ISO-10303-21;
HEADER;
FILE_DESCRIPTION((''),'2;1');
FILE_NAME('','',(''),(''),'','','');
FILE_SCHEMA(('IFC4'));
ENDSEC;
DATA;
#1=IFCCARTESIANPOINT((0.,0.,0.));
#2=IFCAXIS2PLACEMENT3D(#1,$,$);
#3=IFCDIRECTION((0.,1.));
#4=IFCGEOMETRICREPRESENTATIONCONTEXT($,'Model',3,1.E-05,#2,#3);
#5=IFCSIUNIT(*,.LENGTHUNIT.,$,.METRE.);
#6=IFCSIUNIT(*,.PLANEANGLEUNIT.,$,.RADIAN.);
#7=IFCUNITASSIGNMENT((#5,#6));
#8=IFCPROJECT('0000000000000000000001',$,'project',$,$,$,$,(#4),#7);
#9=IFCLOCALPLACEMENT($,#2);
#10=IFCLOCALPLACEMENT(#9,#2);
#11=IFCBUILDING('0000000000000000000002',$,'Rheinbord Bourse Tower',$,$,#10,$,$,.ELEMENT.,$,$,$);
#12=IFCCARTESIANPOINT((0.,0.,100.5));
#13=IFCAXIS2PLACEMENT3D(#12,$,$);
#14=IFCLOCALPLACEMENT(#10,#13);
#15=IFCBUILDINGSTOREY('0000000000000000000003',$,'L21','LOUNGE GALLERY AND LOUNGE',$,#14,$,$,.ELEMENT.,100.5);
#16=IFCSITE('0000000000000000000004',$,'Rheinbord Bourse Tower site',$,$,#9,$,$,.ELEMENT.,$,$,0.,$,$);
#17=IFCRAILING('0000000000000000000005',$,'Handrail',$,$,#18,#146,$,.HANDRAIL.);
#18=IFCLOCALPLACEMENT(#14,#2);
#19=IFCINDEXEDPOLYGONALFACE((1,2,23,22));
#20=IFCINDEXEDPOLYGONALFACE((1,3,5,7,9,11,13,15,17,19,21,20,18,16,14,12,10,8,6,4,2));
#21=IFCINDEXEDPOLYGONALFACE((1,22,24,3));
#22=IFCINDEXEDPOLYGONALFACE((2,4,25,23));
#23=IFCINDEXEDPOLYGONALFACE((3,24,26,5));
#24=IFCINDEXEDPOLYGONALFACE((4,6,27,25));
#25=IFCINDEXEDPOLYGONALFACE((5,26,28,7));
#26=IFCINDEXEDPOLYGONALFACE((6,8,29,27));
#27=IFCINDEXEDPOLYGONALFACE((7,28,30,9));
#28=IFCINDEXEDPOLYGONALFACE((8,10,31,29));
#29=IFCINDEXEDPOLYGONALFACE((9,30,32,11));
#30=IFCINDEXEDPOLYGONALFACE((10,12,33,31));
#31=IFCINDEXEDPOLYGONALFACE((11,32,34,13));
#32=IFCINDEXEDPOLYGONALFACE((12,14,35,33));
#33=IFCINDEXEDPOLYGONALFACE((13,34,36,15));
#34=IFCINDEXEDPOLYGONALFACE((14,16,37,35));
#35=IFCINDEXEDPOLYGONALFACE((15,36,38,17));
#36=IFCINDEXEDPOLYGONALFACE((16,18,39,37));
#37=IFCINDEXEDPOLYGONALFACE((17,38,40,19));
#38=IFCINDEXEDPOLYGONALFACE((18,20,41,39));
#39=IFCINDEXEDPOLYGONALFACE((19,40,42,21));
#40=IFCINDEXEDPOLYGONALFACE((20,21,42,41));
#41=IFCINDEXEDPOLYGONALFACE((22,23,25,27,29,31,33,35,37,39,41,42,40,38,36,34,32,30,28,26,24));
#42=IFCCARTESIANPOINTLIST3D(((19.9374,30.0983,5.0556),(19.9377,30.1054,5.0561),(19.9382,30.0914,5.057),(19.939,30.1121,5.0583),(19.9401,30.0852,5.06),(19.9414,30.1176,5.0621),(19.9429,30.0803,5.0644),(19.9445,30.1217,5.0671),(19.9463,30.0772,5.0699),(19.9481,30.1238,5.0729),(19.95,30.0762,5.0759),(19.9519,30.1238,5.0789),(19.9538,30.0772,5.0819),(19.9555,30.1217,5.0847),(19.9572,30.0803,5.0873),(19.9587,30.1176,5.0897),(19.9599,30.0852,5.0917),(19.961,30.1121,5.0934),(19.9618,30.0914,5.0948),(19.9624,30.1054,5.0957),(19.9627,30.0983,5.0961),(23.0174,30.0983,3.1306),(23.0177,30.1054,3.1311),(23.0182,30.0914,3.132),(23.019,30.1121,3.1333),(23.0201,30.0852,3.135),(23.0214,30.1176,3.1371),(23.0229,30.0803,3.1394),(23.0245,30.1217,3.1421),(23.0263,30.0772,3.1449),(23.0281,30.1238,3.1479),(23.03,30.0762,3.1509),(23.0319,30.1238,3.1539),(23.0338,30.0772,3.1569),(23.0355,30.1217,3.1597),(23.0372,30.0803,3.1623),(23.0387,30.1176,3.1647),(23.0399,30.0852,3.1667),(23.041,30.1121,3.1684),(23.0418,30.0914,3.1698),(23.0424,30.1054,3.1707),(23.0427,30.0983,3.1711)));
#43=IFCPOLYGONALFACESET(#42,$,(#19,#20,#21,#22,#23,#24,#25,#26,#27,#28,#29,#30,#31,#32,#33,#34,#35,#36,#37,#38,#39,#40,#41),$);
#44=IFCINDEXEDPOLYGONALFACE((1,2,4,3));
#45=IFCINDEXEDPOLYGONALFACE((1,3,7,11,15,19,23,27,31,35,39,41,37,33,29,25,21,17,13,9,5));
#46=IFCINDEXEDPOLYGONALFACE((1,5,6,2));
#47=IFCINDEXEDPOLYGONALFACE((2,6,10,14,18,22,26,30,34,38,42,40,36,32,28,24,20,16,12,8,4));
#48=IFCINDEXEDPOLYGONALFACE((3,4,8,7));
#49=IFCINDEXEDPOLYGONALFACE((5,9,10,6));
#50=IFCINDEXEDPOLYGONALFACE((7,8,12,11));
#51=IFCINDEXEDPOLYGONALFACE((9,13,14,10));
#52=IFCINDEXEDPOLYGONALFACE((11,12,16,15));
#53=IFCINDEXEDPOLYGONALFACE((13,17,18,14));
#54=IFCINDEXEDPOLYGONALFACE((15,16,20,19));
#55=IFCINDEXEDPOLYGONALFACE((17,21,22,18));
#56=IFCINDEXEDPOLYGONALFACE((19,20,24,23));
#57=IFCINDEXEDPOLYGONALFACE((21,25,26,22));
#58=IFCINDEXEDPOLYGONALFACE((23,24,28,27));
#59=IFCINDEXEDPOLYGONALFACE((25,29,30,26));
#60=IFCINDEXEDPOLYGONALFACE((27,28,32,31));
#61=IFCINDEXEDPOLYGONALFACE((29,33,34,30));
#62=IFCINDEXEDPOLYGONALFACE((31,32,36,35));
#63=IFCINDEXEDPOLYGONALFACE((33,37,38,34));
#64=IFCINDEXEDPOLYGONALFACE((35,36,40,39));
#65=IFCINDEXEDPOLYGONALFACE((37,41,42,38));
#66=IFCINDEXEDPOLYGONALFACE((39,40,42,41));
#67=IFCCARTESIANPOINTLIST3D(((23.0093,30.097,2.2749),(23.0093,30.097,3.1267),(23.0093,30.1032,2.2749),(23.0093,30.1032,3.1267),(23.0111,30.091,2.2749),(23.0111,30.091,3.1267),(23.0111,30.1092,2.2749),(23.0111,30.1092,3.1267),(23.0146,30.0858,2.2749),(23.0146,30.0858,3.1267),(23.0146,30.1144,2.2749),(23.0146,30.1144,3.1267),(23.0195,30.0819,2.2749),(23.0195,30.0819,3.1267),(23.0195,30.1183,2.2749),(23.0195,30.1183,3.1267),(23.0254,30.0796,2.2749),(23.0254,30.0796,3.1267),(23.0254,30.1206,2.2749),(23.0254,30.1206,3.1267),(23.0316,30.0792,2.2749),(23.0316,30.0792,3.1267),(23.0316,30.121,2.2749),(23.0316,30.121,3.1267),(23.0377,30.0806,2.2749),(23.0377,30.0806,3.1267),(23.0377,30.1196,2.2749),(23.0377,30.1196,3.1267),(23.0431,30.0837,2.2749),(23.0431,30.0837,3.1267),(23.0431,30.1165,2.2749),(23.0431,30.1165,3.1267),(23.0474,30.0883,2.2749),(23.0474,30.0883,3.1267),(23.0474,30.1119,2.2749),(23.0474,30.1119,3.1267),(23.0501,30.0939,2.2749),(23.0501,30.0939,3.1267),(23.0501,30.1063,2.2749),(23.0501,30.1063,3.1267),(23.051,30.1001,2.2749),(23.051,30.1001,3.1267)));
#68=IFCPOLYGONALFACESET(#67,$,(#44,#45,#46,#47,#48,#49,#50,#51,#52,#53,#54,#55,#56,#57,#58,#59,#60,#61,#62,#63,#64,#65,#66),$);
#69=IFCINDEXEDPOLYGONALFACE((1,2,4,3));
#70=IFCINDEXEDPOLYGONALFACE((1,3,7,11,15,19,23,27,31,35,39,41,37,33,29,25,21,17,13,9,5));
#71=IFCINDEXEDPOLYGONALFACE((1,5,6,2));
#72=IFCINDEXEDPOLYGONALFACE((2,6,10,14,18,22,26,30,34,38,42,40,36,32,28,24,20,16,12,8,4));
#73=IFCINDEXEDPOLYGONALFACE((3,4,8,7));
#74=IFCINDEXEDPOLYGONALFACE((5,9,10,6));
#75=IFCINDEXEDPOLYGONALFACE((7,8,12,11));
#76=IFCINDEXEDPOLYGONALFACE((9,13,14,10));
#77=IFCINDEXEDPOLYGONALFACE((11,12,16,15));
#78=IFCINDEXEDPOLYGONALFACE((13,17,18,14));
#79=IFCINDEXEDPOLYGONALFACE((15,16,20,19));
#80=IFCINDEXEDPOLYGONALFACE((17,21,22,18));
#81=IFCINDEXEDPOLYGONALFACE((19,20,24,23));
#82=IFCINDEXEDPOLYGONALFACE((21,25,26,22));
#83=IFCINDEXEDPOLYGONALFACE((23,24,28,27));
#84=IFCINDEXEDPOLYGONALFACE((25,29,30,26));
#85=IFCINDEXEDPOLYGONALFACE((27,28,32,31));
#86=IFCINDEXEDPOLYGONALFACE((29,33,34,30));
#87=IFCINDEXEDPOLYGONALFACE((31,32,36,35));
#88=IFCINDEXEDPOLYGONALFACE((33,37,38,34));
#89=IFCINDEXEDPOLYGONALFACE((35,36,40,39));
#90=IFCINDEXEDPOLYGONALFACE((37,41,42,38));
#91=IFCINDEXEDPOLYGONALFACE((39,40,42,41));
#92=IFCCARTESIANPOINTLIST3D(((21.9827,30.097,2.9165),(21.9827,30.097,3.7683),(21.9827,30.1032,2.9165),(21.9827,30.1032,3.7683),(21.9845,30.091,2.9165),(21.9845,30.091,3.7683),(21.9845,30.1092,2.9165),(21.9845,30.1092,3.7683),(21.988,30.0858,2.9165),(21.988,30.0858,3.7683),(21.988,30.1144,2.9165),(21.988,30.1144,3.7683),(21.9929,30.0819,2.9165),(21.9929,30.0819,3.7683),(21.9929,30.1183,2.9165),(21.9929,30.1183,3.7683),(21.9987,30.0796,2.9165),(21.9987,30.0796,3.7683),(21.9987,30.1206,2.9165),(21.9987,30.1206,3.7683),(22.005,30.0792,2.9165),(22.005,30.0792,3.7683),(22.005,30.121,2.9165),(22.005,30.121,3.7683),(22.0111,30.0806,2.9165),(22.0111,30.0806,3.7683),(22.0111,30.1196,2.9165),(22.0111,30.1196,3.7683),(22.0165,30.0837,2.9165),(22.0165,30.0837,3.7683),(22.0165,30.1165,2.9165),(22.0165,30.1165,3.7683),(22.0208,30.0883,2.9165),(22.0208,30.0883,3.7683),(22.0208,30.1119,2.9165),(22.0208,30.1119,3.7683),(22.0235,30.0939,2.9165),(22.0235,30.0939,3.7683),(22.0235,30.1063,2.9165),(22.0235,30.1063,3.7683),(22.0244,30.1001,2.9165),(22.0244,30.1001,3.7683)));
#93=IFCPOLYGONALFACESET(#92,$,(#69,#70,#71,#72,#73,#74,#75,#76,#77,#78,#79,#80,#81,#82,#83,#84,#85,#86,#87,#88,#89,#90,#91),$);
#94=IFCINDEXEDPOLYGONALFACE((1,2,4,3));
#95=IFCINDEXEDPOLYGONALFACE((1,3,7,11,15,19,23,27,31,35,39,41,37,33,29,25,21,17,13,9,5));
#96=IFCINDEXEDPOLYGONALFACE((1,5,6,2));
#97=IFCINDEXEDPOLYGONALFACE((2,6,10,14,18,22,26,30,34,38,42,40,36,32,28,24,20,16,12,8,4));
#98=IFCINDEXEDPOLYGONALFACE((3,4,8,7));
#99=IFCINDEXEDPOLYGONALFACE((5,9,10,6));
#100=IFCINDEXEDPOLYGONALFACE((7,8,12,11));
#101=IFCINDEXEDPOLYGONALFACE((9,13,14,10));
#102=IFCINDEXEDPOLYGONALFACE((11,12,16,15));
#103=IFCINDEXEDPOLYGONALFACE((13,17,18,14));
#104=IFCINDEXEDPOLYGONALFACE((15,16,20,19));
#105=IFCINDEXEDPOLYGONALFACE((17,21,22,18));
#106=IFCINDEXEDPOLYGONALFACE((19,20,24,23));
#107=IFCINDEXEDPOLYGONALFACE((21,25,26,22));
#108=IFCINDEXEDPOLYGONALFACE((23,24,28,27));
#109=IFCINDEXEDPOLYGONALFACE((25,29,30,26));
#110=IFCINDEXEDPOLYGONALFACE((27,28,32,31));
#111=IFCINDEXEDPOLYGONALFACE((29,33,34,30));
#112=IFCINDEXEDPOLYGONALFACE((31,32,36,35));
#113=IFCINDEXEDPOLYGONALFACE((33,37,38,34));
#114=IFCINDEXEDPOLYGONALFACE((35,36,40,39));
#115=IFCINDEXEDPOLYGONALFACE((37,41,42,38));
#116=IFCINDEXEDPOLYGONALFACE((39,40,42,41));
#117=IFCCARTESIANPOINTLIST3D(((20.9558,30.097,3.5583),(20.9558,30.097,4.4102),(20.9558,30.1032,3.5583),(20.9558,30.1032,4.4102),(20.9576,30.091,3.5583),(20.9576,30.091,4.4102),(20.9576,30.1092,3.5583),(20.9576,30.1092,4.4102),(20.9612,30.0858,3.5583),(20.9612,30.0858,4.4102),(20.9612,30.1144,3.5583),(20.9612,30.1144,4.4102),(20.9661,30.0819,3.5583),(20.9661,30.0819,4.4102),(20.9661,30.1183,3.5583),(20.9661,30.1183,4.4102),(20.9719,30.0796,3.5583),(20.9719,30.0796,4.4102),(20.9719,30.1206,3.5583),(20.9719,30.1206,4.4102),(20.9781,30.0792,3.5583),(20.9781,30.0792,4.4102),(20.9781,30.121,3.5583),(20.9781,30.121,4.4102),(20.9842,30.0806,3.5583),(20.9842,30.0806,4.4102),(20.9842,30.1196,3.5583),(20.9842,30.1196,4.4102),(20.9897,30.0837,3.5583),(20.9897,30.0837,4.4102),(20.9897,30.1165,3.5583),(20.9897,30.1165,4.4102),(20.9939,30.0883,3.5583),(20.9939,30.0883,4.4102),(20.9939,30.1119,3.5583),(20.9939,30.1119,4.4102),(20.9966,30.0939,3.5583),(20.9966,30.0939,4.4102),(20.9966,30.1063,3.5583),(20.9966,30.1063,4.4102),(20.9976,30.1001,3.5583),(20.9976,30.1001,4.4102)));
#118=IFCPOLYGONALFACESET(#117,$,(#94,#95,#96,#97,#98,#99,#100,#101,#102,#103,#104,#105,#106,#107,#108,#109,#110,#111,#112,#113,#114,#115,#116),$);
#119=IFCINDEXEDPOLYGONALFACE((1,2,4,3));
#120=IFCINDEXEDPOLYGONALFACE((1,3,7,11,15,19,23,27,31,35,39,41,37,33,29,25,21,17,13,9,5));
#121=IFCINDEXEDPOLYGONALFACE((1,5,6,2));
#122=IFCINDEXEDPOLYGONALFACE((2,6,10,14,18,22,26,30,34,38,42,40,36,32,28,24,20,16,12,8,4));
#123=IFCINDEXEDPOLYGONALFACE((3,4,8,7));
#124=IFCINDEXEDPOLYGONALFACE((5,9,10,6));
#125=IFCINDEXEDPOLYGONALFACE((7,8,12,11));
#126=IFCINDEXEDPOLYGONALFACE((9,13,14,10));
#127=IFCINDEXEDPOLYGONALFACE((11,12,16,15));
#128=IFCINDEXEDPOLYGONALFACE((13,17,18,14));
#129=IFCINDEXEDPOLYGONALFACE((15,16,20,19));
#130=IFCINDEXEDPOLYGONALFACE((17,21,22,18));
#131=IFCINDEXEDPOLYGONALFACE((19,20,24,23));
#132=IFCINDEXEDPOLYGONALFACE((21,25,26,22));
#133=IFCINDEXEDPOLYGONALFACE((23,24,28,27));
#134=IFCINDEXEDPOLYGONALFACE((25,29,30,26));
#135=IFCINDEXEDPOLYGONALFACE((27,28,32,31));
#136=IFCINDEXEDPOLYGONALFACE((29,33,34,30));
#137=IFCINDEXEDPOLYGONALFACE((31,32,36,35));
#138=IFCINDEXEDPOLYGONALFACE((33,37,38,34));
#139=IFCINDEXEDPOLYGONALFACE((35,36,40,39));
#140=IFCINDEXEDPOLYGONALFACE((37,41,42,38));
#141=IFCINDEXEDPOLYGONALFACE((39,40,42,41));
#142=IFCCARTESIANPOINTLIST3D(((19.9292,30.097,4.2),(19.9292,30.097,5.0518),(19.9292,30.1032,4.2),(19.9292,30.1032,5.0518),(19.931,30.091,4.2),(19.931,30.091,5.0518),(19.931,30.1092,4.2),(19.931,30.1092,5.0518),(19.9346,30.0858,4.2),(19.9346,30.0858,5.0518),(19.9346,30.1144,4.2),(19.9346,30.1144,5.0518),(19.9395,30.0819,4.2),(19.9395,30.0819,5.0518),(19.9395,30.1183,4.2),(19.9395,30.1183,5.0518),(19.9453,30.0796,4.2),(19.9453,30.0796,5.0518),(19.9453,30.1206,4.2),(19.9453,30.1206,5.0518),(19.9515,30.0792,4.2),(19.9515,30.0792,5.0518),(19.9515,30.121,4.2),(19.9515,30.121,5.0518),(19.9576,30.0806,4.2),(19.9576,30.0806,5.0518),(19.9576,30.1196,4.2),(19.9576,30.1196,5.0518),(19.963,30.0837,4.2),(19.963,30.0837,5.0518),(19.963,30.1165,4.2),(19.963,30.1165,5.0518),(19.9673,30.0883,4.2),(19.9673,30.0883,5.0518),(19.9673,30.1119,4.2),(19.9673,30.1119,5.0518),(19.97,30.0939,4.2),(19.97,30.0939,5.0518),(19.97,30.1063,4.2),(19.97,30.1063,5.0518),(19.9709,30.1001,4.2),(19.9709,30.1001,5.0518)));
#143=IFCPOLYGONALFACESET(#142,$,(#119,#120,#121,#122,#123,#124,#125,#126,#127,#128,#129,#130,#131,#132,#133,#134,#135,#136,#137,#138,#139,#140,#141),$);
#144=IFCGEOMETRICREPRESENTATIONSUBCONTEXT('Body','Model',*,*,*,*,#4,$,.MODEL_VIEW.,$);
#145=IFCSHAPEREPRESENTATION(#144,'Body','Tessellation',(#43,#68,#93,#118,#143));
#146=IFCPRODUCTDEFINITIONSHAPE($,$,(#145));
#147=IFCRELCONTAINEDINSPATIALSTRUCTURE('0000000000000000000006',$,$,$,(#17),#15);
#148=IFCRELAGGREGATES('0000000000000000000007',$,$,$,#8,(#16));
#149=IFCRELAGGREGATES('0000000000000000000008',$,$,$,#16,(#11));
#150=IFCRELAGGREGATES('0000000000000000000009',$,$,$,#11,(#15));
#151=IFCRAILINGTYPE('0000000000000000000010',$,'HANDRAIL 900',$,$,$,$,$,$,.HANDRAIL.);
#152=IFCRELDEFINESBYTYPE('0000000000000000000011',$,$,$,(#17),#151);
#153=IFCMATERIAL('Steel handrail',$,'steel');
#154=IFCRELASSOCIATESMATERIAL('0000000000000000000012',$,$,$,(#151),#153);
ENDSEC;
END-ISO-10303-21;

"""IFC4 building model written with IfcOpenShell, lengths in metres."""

from ifc_helpers import new_model, si_unit, direction, frame, origin, origin_2d, place, context, subcontext, project, spatial, circle, extrude, material, type_object, element, save


model = new_model("IFC4")

# Units and contexts
model_context = context("Model", 3, precision=1e-05, world=origin(), true_north=direction((0.0, 1.0)))
body_context = subcontext(model_context, "Body", "Model", "MODEL_VIEW")
ifc_project = project(units=[si_unit("LENGTHUNIT", "METRE"), si_unit("PLANEANGLEUNIT", "RADIAN")], contexts=[model_context])

# Site, building, storey
site_placement = place(None, origin())
site = spatial("IfcSite", under=ifc_project, at=site_placement, Name="Rheinbord Bourse Tower site", CompositionType="ELEMENT", RefElevation=0.0)
building_placement = place(site_placement, origin())
building = spatial("IfcBuilding", under=site, at=building_placement, Name="Rheinbord Bourse Tower", CompositionType="ELEMENT")
storey_placement = place(building_placement, frame((0.0, 0.0, 100.5)))
storey = spatial("IfcBuildingStorey", under=building, at=storey_placement, Name="L21", Description="LOUNGE GALLERY AND LOUNGE", CompositionType="ELEMENT", Elevation=100.5)

# Railing
ifc_material_1 = material(Name="Steel handrail", Category="steel")
railing_type = type_object("IfcRailingType", Name="HANDRAIL 900", PredefinedType="HANDRAIL", material=ifc_material_1)
railing_1_placement = place(storey_placement, frame((23.03, 30.1001, 2.2749)))
element("IfcRailing", 1, at=railing_1_placement, inside=storey, type_object=railing_type, Name="Handrail", PredefinedType="HANDRAIL", context=body_context, shape_type="SweptSolid", body=[
    extrude(circle(Radius=0.0239, at=origin_2d()), frame((0.0, 0.0, 0.876), z_axis=(-0.847998, 0.0, 0.529999), x_axis=(0.0, -1.0, 0.0)), (0.0, 0.0, 1.0), 3.6321),
    extrude(circle(Radius=0.021, at=origin_2d()), origin(), (0.0, 0.0, 1.0), 0.8518),
    extrude(circle(Radius=0.021, at=origin_2d()), frame((-1.0266, 0.0, 0.6416)), (0.0, 0.0, 1.0), 0.8518),
    extrude(circle(Radius=0.021, at=origin_2d()), frame((-2.0535, 0.0, 1.2834)), (0.0, 0.0, 1.0), 0.8518),
    extrude(circle(Radius=0.021, at=origin_2d()), frame((-3.0801, 0.0, 1.925)), (0.0, 0.0, 1.0), 0.8518),
])

save(model, "model.ifc")
